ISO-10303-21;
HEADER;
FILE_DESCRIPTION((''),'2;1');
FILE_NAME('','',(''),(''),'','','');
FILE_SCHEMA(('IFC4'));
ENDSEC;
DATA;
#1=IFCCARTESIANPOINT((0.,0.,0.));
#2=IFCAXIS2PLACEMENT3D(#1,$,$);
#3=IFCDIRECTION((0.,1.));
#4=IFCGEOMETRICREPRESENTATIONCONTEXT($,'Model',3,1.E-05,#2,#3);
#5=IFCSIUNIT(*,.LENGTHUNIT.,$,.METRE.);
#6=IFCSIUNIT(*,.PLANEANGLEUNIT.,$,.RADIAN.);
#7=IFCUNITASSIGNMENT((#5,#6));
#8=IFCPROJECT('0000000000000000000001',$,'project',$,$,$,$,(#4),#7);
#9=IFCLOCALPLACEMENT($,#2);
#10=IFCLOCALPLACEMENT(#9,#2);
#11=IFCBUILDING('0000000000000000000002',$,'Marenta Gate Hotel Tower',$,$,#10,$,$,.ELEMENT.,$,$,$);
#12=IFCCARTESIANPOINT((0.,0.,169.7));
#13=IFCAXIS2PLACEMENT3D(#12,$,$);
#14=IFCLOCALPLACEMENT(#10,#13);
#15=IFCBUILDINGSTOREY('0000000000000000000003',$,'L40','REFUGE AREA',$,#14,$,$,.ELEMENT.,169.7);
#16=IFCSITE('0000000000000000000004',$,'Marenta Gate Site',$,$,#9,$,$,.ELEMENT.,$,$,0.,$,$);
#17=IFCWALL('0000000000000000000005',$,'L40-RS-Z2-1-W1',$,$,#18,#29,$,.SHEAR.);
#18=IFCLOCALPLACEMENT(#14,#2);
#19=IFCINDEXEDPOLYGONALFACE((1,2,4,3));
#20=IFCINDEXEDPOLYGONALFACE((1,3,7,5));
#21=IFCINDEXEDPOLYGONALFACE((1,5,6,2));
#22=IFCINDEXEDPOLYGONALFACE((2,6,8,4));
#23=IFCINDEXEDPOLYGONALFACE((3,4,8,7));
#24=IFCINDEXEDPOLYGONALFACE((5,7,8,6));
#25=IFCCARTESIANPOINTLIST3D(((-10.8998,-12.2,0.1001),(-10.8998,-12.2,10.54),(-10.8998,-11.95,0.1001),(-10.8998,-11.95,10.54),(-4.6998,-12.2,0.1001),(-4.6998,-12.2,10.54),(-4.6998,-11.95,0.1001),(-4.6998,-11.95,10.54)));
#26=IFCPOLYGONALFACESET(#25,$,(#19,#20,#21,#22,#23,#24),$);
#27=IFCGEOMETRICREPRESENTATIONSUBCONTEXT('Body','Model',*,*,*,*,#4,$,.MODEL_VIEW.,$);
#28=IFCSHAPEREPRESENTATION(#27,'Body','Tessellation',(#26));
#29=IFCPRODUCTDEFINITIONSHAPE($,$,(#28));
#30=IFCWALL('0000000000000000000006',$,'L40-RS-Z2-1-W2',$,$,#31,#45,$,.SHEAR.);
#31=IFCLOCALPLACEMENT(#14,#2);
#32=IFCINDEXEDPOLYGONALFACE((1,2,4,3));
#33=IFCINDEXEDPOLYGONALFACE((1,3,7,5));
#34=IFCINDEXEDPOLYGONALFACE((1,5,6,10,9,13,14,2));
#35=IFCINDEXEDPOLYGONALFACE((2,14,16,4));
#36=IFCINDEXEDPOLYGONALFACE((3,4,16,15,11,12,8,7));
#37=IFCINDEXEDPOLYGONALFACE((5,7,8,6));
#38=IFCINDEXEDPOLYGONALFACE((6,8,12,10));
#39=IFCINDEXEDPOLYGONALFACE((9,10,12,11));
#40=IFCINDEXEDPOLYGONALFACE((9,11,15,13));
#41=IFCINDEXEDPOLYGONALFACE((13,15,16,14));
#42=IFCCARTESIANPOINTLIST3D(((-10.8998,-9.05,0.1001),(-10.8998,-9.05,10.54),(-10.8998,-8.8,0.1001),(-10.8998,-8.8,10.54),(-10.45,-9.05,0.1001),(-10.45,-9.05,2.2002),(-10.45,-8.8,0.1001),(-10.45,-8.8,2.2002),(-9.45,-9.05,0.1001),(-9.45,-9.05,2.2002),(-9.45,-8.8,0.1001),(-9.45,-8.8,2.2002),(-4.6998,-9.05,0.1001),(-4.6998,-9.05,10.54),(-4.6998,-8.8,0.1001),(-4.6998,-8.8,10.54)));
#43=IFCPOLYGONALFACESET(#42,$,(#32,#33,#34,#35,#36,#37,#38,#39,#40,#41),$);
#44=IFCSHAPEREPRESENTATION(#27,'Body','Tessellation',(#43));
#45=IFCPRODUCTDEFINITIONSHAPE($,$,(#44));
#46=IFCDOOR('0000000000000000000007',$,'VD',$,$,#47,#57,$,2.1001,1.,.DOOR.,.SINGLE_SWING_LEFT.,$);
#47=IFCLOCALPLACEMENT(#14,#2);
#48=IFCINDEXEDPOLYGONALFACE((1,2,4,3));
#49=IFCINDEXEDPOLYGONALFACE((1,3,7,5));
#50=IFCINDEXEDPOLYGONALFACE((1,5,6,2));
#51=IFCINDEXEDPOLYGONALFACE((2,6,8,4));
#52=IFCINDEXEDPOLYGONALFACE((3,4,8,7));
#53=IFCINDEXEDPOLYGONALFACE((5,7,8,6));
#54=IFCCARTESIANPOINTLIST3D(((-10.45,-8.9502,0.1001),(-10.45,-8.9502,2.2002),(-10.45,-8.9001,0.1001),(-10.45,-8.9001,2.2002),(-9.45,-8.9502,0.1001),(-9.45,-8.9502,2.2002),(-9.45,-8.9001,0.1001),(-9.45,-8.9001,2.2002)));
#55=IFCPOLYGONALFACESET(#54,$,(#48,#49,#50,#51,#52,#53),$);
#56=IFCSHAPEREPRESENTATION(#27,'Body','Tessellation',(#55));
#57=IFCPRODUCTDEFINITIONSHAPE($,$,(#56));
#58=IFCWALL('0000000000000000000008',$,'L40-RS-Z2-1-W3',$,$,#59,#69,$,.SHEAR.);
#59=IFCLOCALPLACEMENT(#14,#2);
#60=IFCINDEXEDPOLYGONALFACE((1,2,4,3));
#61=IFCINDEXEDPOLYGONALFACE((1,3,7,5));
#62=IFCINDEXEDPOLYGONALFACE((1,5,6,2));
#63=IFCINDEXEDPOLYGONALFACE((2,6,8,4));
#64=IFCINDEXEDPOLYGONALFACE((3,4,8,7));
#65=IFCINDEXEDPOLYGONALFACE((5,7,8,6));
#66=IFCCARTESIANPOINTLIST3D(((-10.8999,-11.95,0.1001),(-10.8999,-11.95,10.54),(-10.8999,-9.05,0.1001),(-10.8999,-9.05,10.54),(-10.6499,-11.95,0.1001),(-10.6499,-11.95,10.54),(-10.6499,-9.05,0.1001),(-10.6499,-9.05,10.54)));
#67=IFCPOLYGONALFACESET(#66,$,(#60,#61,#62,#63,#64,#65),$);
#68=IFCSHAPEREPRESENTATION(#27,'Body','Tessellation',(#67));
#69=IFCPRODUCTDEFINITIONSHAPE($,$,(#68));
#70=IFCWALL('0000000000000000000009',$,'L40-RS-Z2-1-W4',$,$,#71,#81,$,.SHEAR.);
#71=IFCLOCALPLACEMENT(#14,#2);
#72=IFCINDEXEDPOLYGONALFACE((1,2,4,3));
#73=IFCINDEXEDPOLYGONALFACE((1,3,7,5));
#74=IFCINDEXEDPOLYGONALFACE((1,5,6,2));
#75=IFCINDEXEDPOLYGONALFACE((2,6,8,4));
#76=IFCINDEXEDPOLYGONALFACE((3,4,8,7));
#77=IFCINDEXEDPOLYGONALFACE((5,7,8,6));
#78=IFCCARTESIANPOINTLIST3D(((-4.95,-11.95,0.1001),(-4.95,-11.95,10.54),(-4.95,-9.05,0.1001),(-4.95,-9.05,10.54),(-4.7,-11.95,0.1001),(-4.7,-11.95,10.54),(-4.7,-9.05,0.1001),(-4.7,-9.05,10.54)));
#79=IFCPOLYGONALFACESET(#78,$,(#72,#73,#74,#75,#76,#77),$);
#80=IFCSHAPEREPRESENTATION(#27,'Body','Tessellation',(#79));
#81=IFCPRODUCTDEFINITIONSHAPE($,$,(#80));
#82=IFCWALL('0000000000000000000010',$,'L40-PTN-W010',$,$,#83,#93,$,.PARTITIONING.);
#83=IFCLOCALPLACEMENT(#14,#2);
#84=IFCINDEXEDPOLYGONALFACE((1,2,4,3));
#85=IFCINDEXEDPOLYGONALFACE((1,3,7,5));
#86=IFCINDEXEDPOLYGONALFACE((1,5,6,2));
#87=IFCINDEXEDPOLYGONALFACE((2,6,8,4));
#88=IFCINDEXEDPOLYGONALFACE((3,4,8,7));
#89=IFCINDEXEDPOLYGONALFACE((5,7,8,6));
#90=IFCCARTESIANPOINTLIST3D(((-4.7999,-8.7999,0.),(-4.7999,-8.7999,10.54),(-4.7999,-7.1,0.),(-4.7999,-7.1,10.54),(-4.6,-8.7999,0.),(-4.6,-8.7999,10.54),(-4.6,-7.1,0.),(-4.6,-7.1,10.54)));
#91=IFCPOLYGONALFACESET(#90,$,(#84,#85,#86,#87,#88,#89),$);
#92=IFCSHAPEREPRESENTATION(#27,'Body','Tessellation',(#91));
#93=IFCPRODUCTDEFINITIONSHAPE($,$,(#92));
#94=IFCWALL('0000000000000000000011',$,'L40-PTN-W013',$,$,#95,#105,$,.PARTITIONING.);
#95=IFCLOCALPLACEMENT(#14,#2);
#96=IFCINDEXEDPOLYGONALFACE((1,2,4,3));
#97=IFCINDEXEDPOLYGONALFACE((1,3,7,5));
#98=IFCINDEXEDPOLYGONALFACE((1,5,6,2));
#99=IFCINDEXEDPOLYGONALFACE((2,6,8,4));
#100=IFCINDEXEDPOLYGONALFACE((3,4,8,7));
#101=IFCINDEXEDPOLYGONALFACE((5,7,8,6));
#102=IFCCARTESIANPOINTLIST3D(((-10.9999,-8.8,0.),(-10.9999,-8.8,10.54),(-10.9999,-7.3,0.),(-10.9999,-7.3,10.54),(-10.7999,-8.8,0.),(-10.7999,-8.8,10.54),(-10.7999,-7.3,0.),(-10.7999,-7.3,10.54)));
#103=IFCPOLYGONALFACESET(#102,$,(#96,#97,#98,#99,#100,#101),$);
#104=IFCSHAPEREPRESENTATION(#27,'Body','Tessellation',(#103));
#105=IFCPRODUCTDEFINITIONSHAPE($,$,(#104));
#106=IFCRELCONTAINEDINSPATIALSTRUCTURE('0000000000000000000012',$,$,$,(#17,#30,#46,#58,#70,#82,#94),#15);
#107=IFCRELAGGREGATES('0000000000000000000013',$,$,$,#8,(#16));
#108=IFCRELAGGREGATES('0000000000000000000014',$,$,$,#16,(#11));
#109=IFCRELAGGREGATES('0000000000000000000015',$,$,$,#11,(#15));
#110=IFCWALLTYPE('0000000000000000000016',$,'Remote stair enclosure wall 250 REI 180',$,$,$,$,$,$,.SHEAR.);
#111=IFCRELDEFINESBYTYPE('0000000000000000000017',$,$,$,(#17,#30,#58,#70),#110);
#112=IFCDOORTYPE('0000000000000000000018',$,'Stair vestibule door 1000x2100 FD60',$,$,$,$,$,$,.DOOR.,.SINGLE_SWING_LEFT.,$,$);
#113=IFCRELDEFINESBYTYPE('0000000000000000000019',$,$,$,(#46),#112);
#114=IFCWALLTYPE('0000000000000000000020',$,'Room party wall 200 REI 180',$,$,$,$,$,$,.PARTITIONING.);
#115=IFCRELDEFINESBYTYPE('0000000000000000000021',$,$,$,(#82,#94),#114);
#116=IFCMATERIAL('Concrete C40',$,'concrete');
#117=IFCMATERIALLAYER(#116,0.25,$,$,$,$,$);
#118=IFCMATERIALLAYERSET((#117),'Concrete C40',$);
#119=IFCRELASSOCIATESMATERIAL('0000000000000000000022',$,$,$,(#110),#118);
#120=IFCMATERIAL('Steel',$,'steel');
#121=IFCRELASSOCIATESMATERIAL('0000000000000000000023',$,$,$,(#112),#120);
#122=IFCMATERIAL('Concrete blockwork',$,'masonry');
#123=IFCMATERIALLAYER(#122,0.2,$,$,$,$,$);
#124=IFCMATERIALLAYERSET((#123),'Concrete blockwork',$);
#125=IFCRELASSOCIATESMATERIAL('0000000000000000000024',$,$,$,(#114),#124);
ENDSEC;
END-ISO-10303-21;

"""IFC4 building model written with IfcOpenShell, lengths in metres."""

from ifc_helpers import new_model, si_unit, direction, frame, frame_2d, origin, place, context, subcontext, project, spatial, rectangle, extrude, material, layer, layer_set, type_object, element, fill, save


model = new_model("IFC4")

# Units and contexts
model_context = context("Model", 3, precision=1e-05, world=origin(), true_north=direction((0.0, 1.0)))
body_context = subcontext(model_context, "Body", "Model", "MODEL_VIEW")
ifc_project = project(units=[si_unit("LENGTHUNIT", "METRE"), si_unit("PLANEANGLEUNIT", "RADIAN")], contexts=[model_context])

# Site, building, storey
site_placement = place(None, origin())
site = spatial("IfcSite", under=ifc_project, at=site_placement, Name="Marenta Gate Site", CompositionType="ELEMENT", RefElevation=0.0)
building_placement = place(site_placement, origin())
building = spatial("IfcBuilding", under=site, at=building_placement, Name="Marenta Gate Hotel Tower", CompositionType="ELEMENT")
storey_placement = place(building_placement, frame((0.0, 0.0, 169.7)))
storey = spatial("IfcBuildingStorey", under=building, at=storey_placement, Name="L40", Description="REFUGE AREA", CompositionType="ELEMENT", Elevation=169.7)

# Wall
ifc_material_1 = material(Name="Concrete C40", Category="concrete")
ifc_layer_1 = layer(ifc_material_1, 0.25)
ifc_layer_set_1 = layer_set([ifc_layer_1], Name="Concrete C40")
wall_type_1 = type_object("IfcWallType", Name="Remote stair enclosure wall 250 REI 180", PredefinedType="SHEAR", material=ifc_layer_set_1)
wall_1_placement = place(storey_placement, frame((-10.8999, -12.075, 0.1001), z_axis=(0.0, 0.0, 1.0), x_axis=(1.0, 0.0, 0.0)))
element("IfcWall", 1, at=wall_1_placement, inside=storey, type_object=wall_type_1, Name="L40-RS-Z2-1-W1", PredefinedType="SHEAR", context=body_context, shape_type="SweptSolid", body=[
    extrude(rectangle(XDim=6.2, YDim=0.25, at=frame_2d((3.1001, 0.0))), origin(), (0.0, 0.0, 1.0), 10.4399),
])

# Wall, opening, door
wall_2_placement = place(storey_placement, frame((-10.8999, -8.925, 0.1001), z_axis=(0.0, 0.0, 1.0), x_axis=(1.0, 0.0, 0.0)))
wall_2 = element("IfcWall", 2, at=wall_2_placement, inside=storey, type_object=wall_type_1, Name="L40-RS-Z2-1-W2", PredefinedType="SHEAR", context=body_context, shape_type="SweptSolid", body=[
    extrude(rectangle(XDim=6.2, YDim=0.25, at=frame_2d((3.1001, 0.0))), origin(), (0.0, 0.0, 1.0), 10.4399),
])
opening_placement = place(wall_2_placement, frame((0.45, 0.0, 0.0)))
opening = element("IfcOpeningElement", 3, at=opening_placement, cuts=wall_2, PredefinedType="OPENING", context=body_context, shape_type="SweptSolid", body=[
    extrude(rectangle(XDim=1.0, YDim=2.1001, at=frame_2d((0.5, 1.05))), frame((0.0, 0.125, 0.0), z_axis=(0.0, -1.0, 0.0), x_axis=(1.0, 0.0, 0.0)), (0.0, 0.0, 1.0), 0.25),
])
ifc_material_2 = material(Name="Steel", Category="steel")
door_type = type_object("IfcDoorType", Name="Stair vestibule door 1000x2100 FD60", OperationType="SINGLE_SWING_LEFT", PredefinedType="DOOR", material=ifc_material_2)
door_placement = place(opening_placement, origin())
door = element("IfcDoor", 4, at=door_placement, inside=storey, type_object=door_type, Name="VD", OperationType="SINGLE_SWING_LEFT", OverallHeight=2.1001, OverallWidth=1.0, PredefinedType="DOOR", context=body_context, shape_type="SweptSolid", body=[
    extrude(rectangle(XDim=1.0, YDim=2.1001, at=frame_2d((0.5, 1.05))), frame((0.0, 0.0249, 0.0), z_axis=(0.0, -1.0, 0.0), x_axis=(1.0, 0.0, 0.0)), (0.0, 0.0, 1.0), 0.05),
])
fill(opening, door)

# Walls
for number, where, z_axis, x_axis, name in (
    (5, (-10.7749, -11.95, 0.1001), (0.0, 0.0, 1.0), (0.0, 1.0, 0.0), "L40-RS-Z2-1-W3"),
    (6, (-4.825, -11.95, 0.1001), (0.0, 0.0, 1.0), (0.0, 1.0, 0.0), "L40-RS-Z2-1-W4"),
):
    element("IfcWall", number, at=place(storey_placement, frame(where, z_axis=z_axis, x_axis=x_axis)), inside=storey, type_object=wall_type_1, Name=name, PredefinedType="SHEAR", context=body_context, shape_type="SweptSolid", body=[
        extrude(rectangle(XDim=2.8999, YDim=0.25, at=frame_2d((1.45, 0.0))), origin(), (0.0, 0.0, 1.0), 10.4399),
    ])
ifc_material_3 = material(Name="Concrete blockwork", Category="masonry")
ifc_layer_2 = layer(ifc_material_3, 0.2)
ifc_layer_set_2 = layer_set([ifc_layer_2], Name="Concrete blockwork")
wall_type_2 = type_object("IfcWallType", Name="Room party wall 200 REI 180", PredefinedType="PARTITIONING", material=ifc_layer_set_2)
wall_3_placement = place(storey_placement, frame((-4.7, -8.8, 0.0), z_axis=(0.0, 0.0, 1.0), x_axis=(0.0, 1.0, 0.0)))
element("IfcWall", 7, at=wall_3_placement, inside=storey, type_object=wall_type_2, Name="L40-PTN-W010", PredefinedType="PARTITIONING", context=body_context, shape_type="SweptSolid", body=[
    extrude(rectangle(XDim=1.7, YDim=0.2, at=frame_2d((0.8501, 0.0))), origin(), (0.0, 0.0, 1.0), 10.54),
])
wall_4_placement = place(storey_placement, frame((-10.8999, -8.8, 0.0), z_axis=(0.0, 0.0, 1.0), x_axis=(0.0, 1.0, 0.0)))
element("IfcWall", 8, at=wall_4_placement, inside=storey, type_object=wall_type_2, Name="L40-PTN-W013", PredefinedType="PARTITIONING", context=body_context, shape_type="SweptSolid", body=[
    extrude(rectangle(XDim=1.5, YDim=0.2, at=frame_2d((0.75, 0.0))), origin(), (0.0, 0.0, 1.0), 10.54),
])

save(model, "model.ifc")
